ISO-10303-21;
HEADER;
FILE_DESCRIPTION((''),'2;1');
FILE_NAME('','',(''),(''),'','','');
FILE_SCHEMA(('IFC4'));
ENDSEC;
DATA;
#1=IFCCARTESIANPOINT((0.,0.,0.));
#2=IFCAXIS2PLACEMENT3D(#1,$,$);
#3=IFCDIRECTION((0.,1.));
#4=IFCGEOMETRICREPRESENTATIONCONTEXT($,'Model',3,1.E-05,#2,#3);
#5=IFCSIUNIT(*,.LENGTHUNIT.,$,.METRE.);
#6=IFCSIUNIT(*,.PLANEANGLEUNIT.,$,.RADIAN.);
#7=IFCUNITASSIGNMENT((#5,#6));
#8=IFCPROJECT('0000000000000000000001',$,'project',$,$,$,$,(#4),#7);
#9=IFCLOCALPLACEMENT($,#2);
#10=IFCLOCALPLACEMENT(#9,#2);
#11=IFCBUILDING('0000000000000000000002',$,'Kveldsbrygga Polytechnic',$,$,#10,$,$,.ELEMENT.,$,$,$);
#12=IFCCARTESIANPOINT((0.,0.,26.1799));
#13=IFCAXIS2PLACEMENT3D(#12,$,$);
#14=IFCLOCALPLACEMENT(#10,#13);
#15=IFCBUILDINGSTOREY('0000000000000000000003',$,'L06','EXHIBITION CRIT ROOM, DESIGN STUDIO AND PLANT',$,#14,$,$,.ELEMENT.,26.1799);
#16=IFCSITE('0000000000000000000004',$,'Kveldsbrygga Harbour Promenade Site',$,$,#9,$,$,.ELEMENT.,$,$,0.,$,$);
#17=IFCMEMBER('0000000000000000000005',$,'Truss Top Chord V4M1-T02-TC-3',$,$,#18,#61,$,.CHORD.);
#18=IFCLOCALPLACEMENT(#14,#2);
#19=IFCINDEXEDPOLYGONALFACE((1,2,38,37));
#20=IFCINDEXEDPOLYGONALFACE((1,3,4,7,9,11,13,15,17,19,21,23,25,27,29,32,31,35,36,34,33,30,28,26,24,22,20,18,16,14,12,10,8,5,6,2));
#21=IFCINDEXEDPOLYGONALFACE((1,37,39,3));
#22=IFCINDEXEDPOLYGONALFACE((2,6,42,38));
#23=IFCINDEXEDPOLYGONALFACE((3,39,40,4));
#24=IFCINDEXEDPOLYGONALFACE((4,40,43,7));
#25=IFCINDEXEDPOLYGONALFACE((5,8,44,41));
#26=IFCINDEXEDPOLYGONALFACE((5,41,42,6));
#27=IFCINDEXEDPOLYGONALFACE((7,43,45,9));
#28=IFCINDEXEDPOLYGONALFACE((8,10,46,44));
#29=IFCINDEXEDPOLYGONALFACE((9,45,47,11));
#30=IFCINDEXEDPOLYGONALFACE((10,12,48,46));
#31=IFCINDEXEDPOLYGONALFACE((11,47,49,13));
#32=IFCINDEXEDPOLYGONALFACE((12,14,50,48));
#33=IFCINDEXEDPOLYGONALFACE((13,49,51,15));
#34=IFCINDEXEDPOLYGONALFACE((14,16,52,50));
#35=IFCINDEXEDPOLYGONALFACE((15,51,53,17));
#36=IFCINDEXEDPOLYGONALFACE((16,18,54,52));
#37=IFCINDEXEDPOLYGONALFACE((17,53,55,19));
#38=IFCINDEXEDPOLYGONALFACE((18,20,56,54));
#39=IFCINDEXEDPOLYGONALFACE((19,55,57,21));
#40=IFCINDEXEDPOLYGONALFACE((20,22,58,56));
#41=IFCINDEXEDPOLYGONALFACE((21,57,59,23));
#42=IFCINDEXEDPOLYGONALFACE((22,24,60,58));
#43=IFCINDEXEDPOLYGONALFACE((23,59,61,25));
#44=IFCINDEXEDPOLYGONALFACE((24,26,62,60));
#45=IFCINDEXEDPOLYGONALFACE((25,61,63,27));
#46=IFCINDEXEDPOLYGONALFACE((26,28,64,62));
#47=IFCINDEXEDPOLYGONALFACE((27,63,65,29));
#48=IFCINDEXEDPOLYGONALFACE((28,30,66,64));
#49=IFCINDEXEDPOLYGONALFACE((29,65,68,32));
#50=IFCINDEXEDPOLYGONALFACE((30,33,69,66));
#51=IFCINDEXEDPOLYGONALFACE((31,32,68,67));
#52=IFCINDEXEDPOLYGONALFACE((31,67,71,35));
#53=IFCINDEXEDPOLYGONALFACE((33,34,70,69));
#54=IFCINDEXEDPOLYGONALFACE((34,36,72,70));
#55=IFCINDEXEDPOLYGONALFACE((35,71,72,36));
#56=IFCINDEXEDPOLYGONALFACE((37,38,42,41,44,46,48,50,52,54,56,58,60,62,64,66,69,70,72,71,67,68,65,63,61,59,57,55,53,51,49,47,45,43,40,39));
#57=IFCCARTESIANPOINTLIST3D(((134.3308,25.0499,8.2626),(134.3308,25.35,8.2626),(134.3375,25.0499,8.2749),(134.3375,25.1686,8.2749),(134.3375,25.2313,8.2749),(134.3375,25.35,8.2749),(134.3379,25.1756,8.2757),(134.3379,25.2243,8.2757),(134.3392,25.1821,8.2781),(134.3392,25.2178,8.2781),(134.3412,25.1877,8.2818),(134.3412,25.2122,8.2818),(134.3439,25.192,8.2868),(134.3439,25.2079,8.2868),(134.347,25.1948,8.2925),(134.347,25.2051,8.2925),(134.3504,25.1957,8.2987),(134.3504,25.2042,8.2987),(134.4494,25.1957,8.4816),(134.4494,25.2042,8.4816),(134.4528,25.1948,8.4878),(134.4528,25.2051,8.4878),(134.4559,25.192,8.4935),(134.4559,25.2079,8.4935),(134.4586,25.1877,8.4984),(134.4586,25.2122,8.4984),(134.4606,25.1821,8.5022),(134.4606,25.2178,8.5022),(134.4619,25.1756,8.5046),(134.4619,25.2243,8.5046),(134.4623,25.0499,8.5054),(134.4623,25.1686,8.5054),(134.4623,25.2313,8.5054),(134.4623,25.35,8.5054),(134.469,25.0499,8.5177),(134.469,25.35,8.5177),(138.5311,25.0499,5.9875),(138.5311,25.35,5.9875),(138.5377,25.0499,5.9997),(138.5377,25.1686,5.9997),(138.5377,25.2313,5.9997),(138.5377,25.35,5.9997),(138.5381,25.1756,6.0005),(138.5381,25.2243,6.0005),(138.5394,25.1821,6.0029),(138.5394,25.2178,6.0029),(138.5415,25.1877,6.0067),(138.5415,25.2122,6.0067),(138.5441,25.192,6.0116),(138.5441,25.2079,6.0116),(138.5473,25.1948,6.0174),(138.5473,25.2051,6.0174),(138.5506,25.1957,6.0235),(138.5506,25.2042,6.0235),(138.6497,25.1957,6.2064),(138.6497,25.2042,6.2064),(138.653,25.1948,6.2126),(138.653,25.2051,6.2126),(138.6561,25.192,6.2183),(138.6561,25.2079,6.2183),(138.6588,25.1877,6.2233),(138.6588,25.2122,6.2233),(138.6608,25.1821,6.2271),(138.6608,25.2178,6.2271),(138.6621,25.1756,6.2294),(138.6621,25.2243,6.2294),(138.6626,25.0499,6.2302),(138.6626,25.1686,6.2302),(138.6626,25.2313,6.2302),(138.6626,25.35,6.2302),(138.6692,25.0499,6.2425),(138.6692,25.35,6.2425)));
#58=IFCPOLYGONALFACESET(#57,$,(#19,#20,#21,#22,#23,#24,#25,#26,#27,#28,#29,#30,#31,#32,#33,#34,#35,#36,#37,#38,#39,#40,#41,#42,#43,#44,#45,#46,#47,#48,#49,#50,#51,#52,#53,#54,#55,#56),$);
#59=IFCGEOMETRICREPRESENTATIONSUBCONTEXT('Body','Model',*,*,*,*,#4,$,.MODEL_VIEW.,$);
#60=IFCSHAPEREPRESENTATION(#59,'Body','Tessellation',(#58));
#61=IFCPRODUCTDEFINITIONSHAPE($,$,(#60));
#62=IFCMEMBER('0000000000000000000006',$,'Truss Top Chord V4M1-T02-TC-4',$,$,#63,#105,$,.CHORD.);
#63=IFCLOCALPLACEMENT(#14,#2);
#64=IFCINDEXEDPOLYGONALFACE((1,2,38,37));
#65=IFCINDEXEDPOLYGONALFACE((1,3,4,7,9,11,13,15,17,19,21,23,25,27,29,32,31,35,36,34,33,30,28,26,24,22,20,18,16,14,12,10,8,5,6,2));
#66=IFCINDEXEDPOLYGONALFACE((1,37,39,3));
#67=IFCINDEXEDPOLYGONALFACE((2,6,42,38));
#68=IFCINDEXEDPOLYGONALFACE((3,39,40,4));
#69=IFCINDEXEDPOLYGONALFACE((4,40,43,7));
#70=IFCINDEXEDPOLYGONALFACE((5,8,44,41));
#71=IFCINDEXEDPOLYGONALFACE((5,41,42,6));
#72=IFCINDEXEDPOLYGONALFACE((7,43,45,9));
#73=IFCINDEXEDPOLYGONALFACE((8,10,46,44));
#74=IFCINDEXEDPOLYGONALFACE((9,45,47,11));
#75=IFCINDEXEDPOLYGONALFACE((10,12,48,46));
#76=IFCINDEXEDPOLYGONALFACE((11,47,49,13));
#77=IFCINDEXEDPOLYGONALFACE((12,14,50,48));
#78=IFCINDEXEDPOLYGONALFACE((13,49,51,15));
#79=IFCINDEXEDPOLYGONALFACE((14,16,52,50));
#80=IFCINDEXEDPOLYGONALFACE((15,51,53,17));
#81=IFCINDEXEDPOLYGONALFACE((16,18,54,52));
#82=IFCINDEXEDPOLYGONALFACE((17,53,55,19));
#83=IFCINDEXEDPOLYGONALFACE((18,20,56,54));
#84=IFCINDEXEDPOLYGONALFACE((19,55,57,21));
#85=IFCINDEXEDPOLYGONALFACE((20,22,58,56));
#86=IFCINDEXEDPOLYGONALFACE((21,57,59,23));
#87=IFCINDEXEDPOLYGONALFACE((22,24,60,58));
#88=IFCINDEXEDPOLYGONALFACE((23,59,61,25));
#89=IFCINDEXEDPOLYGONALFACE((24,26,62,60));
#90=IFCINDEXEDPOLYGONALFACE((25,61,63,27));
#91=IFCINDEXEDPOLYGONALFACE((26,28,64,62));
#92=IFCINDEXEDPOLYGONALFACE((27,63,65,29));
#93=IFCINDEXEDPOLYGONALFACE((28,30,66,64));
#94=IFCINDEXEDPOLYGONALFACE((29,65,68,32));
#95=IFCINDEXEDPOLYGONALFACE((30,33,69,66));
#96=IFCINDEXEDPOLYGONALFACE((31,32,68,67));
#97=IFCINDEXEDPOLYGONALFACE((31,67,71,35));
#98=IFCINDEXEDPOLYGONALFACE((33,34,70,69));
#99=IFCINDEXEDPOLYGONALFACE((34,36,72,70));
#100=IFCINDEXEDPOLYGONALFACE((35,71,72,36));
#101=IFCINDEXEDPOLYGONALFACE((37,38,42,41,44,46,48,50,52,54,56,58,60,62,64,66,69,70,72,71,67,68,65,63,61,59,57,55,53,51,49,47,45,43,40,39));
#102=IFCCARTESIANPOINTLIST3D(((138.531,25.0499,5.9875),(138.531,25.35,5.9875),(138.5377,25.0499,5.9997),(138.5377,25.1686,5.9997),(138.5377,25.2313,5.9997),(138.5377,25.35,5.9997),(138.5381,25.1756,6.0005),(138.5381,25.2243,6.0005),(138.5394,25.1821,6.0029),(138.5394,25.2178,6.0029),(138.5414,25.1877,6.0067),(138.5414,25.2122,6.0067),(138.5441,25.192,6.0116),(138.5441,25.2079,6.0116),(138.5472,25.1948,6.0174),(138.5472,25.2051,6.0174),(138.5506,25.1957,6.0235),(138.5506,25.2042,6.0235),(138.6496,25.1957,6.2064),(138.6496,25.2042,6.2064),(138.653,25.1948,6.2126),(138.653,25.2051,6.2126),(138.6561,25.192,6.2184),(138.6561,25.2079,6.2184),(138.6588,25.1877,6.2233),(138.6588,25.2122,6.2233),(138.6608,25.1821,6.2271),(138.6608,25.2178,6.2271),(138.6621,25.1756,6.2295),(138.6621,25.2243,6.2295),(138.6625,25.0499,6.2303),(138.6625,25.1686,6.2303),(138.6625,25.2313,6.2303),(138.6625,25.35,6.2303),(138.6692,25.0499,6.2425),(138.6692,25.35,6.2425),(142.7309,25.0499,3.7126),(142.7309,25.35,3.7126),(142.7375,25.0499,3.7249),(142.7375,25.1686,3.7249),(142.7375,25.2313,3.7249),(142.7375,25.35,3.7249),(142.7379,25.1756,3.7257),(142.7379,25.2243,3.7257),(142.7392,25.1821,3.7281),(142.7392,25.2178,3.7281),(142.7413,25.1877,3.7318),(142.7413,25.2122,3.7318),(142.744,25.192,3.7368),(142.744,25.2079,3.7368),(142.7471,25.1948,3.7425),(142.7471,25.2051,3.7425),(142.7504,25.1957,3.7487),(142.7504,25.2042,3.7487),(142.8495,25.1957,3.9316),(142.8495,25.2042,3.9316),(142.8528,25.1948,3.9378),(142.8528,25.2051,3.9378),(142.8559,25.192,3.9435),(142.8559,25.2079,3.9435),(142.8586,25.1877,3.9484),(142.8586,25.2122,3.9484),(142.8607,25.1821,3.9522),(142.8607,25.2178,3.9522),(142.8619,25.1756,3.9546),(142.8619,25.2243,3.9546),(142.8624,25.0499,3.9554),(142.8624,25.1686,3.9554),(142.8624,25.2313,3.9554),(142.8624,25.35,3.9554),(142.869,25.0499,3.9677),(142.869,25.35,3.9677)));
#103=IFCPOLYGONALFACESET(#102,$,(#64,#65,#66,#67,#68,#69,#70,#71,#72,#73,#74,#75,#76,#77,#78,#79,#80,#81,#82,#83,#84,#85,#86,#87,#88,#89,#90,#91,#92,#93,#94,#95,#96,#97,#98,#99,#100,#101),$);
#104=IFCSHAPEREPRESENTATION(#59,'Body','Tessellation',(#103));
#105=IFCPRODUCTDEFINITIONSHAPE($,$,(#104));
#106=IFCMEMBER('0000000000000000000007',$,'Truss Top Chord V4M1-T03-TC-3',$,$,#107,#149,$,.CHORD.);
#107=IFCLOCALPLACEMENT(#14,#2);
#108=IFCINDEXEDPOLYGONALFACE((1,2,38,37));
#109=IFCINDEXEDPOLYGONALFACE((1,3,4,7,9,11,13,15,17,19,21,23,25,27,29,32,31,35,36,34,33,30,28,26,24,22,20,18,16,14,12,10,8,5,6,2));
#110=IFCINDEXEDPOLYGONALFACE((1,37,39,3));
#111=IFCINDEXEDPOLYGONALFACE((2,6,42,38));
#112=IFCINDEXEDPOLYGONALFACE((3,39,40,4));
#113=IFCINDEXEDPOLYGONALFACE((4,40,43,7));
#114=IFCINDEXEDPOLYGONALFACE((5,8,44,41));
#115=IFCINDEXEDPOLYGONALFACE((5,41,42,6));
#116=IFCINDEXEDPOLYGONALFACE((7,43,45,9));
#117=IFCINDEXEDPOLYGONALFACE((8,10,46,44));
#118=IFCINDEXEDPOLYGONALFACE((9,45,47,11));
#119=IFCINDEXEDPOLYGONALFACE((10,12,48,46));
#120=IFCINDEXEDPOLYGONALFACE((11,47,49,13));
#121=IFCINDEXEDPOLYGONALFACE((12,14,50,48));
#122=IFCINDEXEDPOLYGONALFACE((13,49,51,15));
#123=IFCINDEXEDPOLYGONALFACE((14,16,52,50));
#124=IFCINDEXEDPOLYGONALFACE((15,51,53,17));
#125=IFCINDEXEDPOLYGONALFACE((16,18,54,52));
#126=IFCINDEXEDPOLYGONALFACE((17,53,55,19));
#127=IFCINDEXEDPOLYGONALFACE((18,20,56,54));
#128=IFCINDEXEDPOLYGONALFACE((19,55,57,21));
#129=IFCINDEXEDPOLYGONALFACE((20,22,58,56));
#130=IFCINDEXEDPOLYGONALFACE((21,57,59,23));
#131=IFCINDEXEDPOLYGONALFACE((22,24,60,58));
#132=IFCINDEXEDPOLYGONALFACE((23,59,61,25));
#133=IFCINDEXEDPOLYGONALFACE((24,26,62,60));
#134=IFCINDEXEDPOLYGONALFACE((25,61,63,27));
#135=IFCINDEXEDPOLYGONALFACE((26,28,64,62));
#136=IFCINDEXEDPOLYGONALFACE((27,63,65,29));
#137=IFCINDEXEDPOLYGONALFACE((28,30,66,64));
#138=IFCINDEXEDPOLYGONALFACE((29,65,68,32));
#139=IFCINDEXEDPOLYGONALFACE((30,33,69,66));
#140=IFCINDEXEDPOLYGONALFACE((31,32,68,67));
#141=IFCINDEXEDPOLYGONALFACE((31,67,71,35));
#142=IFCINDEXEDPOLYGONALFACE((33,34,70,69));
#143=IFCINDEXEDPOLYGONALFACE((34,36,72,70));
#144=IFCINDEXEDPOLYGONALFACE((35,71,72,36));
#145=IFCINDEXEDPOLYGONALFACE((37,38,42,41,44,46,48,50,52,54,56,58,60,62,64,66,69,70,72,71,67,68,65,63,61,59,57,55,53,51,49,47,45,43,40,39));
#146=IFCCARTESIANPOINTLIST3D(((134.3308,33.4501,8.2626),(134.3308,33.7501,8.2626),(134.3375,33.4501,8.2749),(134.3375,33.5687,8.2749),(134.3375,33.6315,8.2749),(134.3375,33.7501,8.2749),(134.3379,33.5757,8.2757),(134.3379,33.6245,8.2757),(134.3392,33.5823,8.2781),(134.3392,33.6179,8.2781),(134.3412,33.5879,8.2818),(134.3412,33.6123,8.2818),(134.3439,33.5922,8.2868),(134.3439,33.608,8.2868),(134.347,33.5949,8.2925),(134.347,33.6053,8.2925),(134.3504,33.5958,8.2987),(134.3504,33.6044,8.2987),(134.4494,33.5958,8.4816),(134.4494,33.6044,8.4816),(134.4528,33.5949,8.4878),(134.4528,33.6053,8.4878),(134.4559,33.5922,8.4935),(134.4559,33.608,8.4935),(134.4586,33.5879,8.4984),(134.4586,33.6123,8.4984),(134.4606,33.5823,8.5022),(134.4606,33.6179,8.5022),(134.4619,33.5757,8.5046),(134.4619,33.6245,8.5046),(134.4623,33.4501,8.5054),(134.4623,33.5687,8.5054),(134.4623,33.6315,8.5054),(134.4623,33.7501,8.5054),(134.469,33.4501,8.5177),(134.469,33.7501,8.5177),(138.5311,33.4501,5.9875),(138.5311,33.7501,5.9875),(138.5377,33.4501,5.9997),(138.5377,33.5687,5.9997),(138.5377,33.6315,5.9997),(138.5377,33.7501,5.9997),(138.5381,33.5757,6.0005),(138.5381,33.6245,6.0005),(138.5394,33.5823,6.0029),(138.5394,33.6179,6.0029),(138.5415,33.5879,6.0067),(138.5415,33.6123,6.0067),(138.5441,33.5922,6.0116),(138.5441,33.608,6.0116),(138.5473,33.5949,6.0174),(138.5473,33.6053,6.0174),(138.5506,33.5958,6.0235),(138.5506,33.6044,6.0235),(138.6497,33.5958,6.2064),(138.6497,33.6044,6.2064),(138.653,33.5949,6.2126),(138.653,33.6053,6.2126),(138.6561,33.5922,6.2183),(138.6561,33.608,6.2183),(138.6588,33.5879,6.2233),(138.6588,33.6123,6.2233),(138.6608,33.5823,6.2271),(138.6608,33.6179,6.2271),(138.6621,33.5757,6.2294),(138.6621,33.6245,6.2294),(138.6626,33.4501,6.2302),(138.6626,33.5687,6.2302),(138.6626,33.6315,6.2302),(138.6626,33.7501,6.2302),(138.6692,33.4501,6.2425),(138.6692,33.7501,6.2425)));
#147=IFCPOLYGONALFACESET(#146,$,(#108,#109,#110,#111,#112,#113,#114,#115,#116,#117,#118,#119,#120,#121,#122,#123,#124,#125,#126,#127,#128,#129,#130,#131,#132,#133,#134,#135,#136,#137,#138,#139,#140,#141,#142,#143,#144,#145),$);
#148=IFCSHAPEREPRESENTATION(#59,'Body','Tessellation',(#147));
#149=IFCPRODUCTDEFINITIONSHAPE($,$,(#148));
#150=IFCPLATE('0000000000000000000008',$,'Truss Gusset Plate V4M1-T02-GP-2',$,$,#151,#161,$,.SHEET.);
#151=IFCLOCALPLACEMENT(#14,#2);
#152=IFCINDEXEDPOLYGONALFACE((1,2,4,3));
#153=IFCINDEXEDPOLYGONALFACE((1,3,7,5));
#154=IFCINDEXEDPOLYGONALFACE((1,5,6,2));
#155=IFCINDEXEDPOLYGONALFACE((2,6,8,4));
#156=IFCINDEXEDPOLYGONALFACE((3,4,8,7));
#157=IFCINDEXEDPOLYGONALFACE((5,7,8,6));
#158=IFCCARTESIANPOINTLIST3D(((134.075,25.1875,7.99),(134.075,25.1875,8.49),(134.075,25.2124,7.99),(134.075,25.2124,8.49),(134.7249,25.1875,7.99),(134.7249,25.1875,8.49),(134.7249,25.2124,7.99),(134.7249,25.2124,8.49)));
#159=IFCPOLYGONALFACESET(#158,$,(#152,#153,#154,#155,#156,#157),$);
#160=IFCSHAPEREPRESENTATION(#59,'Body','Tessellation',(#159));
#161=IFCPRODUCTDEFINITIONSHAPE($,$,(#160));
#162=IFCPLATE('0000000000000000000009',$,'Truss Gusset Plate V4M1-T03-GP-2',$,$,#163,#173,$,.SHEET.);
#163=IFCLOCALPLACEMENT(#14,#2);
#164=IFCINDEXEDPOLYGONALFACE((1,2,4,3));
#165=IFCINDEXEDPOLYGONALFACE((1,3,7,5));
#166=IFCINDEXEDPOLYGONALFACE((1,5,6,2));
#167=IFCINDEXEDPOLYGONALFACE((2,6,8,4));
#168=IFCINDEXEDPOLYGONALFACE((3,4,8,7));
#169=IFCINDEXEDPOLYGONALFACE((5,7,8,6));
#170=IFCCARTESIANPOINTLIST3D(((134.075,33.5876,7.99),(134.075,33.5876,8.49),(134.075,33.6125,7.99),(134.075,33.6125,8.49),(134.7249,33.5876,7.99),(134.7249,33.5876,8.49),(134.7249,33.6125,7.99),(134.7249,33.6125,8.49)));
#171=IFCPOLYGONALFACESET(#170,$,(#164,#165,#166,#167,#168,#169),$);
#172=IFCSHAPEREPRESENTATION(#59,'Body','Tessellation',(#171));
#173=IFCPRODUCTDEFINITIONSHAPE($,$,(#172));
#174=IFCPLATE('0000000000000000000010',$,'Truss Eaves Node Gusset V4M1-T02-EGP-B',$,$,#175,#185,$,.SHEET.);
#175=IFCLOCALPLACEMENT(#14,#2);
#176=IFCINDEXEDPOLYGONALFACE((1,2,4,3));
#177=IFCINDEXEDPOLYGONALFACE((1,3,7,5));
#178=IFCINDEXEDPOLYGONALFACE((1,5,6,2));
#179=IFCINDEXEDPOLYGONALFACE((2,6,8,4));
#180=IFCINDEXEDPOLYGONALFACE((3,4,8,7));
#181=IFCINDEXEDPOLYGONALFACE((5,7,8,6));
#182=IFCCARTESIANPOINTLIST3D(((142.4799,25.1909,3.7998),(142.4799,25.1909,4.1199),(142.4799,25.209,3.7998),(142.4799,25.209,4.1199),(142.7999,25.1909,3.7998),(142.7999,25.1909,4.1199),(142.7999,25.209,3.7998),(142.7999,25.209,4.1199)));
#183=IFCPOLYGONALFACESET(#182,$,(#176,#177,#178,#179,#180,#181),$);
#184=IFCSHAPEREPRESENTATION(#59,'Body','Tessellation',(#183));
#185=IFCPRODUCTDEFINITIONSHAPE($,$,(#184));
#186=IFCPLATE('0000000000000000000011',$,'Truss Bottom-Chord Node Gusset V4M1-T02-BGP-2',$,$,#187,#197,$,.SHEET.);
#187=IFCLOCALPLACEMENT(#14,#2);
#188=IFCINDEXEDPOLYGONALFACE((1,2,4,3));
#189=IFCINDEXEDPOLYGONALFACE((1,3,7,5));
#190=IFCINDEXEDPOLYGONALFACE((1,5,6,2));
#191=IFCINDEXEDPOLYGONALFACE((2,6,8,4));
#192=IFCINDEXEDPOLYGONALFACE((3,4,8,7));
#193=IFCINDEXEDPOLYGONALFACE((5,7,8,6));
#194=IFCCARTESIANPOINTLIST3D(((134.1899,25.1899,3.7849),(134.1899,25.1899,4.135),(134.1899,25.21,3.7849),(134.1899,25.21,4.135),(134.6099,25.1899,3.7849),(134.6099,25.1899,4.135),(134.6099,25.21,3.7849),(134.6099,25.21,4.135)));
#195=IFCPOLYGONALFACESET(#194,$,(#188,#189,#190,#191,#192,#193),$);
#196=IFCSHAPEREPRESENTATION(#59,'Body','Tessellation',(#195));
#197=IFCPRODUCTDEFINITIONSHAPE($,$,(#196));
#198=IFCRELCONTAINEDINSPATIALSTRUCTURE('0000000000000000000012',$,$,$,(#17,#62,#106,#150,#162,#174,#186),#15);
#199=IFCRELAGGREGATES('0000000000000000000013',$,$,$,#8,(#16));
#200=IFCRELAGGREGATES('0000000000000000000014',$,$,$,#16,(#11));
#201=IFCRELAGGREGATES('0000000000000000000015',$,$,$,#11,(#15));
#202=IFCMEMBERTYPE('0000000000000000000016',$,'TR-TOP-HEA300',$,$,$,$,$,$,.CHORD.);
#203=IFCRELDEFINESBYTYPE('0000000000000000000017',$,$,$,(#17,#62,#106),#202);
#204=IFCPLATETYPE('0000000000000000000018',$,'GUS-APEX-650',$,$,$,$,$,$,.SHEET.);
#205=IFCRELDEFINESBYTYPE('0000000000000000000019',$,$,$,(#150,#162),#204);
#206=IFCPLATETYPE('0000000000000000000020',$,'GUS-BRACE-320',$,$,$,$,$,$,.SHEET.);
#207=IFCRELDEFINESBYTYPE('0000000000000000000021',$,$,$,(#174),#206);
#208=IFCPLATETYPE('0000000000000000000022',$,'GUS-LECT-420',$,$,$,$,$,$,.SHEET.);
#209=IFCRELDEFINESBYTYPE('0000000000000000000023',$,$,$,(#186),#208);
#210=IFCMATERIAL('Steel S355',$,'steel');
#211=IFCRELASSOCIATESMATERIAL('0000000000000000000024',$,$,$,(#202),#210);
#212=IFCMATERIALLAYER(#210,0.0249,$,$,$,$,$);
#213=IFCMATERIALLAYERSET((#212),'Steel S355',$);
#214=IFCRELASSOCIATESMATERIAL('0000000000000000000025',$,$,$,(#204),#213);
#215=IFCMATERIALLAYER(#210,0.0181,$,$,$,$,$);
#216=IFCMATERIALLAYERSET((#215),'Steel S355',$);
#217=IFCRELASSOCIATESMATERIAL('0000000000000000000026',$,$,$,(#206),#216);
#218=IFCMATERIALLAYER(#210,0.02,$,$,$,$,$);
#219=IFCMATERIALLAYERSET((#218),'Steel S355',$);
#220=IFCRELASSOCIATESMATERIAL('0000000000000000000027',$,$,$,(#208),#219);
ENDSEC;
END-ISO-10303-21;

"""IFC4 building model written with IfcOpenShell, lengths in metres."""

from ifc_helpers import new_model, si_unit, direction, frame, origin, origin_2d, place, context, subcontext, project, spatial, rectangle, i_section, extrude, material, layer, layer_set, material_profile, profile_set, type_object, element, save


model = new_model("IFC4")

# Units and contexts
model_context = context("Model", 3, precision=1e-05, world=origin(), true_north=direction((0.0, 1.0)))
body_context = subcontext(model_context, "Body", "Model", "MODEL_VIEW")
ifc_project = project(units=[si_unit("LENGTHUNIT", "METRE"), si_unit("PLANEANGLEUNIT", "RADIAN")], contexts=[model_context])

# Site, building, storey
site_placement = place(None, origin())
site = spatial("IfcSite", under=ifc_project, at=site_placement, Name="Kveldsbrygga Harbour Promenade Site", CompositionType="ELEMENT", RefElevation=0.0)
building_placement = place(site_placement, origin())
building = spatial("IfcBuilding", under=site, at=building_placement, Name="Kveldsbrygga Polytechnic", CompositionType="ELEMENT")
storey_placement = place(building_placement, frame((0.0, 0.0, 26.1799)))
storey = spatial("IfcBuildingStorey", under=building, at=storey_placement, Name="L06", Description="EXHIBITION CRIT ROOM, DESIGN STUDIO AND PLANT", CompositionType="ELEMENT", Elevation=26.1799)

# Shared definitions
ifc_material_1 = material(Name="Steel S355", Category="steel")

# Members
ifc_material_profile_1 = material_profile(ifc_material_1, i_section(OverallWidth=0.3, OverallDepth=0.29, WebThickness=0.0085, FlangeThickness=0.0139, FilletRadius=0.0271, at=origin_2d()), Name="HEA 300")
ifc_profile_set_1 = profile_set([ifc_material_profile_1], Name="Steel S355")
member_type_1 = type_object("IfcMemberType", Name="TR-TOP-HEA300", PredefinedType="CHORD", material=ifc_profile_set_1)
member_1_placement = place(storey_placement, frame((134.3999, 25.2, 8.3901), z_axis=(0.879288, 0.0, -0.47629), x_axis=(0.0, 1.0, 0.0)))
element("IfcMember", 1, at=member_1_placement, inside=storey, type_object=member_type_1, Name="Truss Top Chord V4M1-T02-TC-3", PredefinedType="CHORD", context=body_context, shape_type="SweptSolid", body=[
    extrude(i_section(OverallWidth=0.3, OverallDepth=0.29, WebThickness=0.0085, FlangeThickness=0.0139, FilletRadius=0.0271, at=origin_2d()), origin(), (0.0, 0.0, 1.0), 4.7769),
])
member_2_placement = place(storey_placement, frame((138.6001, 25.2, 6.115), z_axis=(0.879298, 0.0, -0.476272), x_axis=(0.0, 1.0, 0.0)))
element("IfcMember", 2, at=member_2_placement, inside=storey, type_object=member_type_1, Name="Truss Top Chord V4M1-T02-TC-4", PredefinedType="CHORD", context=body_context, shape_type="SweptSolid", body=[
    extrude(i_section(OverallWidth=0.3, OverallDepth=0.29, WebThickness=0.0085, FlangeThickness=0.0139, FilletRadius=0.0271, at=origin_2d()), origin(), (0.0, 0.0, 1.0), 4.7764),
])
member_3_placement = place(storey_placement, frame((134.3999, 33.6001, 8.3901), z_axis=(0.879288, 0.0, -0.47629), x_axis=(0.0, 1.0, 0.0)))
element("IfcMember", 3, at=member_3_placement, inside=storey, type_object=member_type_1, Name="Truss Top Chord V4M1-T03-TC-3", PredefinedType="CHORD", context=body_context, shape_type="SweptSolid", body=[
    extrude(i_section(OverallWidth=0.3, OverallDepth=0.29, WebThickness=0.0085, FlangeThickness=0.0139, FilletRadius=0.0271, at=origin_2d()), origin(), (0.0, 0.0, 1.0), 4.7769),
])

# Plates
ifc_layer_1 = layer(ifc_material_1, 0.0249)
ifc_layer_set_1 = layer_set([ifc_layer_1], Name="Steel S355")
plate_type_1 = type_object("IfcPlateType", Name="GUS-APEX-650", PredefinedType="SHEET", material=ifc_layer_set_1)
for number, where, z_axis, x_axis, name in (
    (4, (134.3999, 25.2, 7.99), (0.0, 0.0, 1.0), (1.0, 0.0, 0.0), "Truss Gusset Plate V4M1-T02-GP-2"),
    (5, (134.3999, 33.6001, 7.99), (0.0, 0.0, 1.0), (1.0, 0.0, 0.0), "Truss Gusset Plate V4M1-T03-GP-2"),
):
    element("IfcPlate", number, at=place(storey_placement, frame(where, z_axis=z_axis, x_axis=x_axis)), inside=storey, type_object=plate_type_1, Name=name, PredefinedType="SHEET", context=body_context, shape_type="SweptSolid", body=[
        extrude(rectangle(XDim=0.6499, YDim=0.0249, at=origin_2d()), origin(), (0.0, 0.0, 1.0), 0.5),
    ])
ifc_layer_2 = layer(ifc_material_1, 0.0181)
ifc_layer_set_2 = layer_set([ifc_layer_2], Name="Steel S355")
plate_type_2 = type_object("IfcPlateType", Name="GUS-BRACE-320", PredefinedType="SHEET", material=ifc_layer_set_2)
plate_placement = place(storey_placement, frame((142.6399, 25.2, 3.7998), z_axis=(0.0, 0.0, 1.0), x_axis=(1.0, 0.0, 0.0)))
element("IfcPlate", 6, at=plate_placement, inside=storey, type_object=plate_type_2, Name="Truss Eaves Node Gusset V4M1-T02-EGP-B", PredefinedType="SHEET", context=body_context, shape_type="SweptSolid", body=[
    extrude(rectangle(XDim=0.3201, YDim=0.0181, at=origin_2d()), origin(), (0.0, 0.0, 1.0), 0.3201),
])
ifc_layer_3 = layer(ifc_material_1, 0.02)
ifc_layer_set_3 = layer_set([ifc_layer_3], Name="Steel S355")
plate_type_3 = type_object("IfcPlateType", Name="GUS-LECT-420", PredefinedType="SHEET", material=ifc_layer_set_3)
for number, where, z_axis, x_axis, name in (
    (7, (134.3999, 25.2, 3.7849), (0.0, 0.0, 1.0), (1.0, 0.0, 0.0), "Truss Bottom-Chord Node Gusset V4M1-T02-BGP-2"),
):
    element("IfcPlate", number, at=place(storey_placement, frame(where, z_axis=z_axis, x_axis=x_axis)), inside=storey, type_object=plate_type_3, Name=name, PredefinedType="SHEET", context=body_context, shape_type="SweptSolid", body=[
        extrude(rectangle(XDim=0.4199, YDim=0.02, at=origin_2d()), origin(), (0.0, 0.0, 1.0), 0.3501),
    ])

save(model, "model.ifc")
